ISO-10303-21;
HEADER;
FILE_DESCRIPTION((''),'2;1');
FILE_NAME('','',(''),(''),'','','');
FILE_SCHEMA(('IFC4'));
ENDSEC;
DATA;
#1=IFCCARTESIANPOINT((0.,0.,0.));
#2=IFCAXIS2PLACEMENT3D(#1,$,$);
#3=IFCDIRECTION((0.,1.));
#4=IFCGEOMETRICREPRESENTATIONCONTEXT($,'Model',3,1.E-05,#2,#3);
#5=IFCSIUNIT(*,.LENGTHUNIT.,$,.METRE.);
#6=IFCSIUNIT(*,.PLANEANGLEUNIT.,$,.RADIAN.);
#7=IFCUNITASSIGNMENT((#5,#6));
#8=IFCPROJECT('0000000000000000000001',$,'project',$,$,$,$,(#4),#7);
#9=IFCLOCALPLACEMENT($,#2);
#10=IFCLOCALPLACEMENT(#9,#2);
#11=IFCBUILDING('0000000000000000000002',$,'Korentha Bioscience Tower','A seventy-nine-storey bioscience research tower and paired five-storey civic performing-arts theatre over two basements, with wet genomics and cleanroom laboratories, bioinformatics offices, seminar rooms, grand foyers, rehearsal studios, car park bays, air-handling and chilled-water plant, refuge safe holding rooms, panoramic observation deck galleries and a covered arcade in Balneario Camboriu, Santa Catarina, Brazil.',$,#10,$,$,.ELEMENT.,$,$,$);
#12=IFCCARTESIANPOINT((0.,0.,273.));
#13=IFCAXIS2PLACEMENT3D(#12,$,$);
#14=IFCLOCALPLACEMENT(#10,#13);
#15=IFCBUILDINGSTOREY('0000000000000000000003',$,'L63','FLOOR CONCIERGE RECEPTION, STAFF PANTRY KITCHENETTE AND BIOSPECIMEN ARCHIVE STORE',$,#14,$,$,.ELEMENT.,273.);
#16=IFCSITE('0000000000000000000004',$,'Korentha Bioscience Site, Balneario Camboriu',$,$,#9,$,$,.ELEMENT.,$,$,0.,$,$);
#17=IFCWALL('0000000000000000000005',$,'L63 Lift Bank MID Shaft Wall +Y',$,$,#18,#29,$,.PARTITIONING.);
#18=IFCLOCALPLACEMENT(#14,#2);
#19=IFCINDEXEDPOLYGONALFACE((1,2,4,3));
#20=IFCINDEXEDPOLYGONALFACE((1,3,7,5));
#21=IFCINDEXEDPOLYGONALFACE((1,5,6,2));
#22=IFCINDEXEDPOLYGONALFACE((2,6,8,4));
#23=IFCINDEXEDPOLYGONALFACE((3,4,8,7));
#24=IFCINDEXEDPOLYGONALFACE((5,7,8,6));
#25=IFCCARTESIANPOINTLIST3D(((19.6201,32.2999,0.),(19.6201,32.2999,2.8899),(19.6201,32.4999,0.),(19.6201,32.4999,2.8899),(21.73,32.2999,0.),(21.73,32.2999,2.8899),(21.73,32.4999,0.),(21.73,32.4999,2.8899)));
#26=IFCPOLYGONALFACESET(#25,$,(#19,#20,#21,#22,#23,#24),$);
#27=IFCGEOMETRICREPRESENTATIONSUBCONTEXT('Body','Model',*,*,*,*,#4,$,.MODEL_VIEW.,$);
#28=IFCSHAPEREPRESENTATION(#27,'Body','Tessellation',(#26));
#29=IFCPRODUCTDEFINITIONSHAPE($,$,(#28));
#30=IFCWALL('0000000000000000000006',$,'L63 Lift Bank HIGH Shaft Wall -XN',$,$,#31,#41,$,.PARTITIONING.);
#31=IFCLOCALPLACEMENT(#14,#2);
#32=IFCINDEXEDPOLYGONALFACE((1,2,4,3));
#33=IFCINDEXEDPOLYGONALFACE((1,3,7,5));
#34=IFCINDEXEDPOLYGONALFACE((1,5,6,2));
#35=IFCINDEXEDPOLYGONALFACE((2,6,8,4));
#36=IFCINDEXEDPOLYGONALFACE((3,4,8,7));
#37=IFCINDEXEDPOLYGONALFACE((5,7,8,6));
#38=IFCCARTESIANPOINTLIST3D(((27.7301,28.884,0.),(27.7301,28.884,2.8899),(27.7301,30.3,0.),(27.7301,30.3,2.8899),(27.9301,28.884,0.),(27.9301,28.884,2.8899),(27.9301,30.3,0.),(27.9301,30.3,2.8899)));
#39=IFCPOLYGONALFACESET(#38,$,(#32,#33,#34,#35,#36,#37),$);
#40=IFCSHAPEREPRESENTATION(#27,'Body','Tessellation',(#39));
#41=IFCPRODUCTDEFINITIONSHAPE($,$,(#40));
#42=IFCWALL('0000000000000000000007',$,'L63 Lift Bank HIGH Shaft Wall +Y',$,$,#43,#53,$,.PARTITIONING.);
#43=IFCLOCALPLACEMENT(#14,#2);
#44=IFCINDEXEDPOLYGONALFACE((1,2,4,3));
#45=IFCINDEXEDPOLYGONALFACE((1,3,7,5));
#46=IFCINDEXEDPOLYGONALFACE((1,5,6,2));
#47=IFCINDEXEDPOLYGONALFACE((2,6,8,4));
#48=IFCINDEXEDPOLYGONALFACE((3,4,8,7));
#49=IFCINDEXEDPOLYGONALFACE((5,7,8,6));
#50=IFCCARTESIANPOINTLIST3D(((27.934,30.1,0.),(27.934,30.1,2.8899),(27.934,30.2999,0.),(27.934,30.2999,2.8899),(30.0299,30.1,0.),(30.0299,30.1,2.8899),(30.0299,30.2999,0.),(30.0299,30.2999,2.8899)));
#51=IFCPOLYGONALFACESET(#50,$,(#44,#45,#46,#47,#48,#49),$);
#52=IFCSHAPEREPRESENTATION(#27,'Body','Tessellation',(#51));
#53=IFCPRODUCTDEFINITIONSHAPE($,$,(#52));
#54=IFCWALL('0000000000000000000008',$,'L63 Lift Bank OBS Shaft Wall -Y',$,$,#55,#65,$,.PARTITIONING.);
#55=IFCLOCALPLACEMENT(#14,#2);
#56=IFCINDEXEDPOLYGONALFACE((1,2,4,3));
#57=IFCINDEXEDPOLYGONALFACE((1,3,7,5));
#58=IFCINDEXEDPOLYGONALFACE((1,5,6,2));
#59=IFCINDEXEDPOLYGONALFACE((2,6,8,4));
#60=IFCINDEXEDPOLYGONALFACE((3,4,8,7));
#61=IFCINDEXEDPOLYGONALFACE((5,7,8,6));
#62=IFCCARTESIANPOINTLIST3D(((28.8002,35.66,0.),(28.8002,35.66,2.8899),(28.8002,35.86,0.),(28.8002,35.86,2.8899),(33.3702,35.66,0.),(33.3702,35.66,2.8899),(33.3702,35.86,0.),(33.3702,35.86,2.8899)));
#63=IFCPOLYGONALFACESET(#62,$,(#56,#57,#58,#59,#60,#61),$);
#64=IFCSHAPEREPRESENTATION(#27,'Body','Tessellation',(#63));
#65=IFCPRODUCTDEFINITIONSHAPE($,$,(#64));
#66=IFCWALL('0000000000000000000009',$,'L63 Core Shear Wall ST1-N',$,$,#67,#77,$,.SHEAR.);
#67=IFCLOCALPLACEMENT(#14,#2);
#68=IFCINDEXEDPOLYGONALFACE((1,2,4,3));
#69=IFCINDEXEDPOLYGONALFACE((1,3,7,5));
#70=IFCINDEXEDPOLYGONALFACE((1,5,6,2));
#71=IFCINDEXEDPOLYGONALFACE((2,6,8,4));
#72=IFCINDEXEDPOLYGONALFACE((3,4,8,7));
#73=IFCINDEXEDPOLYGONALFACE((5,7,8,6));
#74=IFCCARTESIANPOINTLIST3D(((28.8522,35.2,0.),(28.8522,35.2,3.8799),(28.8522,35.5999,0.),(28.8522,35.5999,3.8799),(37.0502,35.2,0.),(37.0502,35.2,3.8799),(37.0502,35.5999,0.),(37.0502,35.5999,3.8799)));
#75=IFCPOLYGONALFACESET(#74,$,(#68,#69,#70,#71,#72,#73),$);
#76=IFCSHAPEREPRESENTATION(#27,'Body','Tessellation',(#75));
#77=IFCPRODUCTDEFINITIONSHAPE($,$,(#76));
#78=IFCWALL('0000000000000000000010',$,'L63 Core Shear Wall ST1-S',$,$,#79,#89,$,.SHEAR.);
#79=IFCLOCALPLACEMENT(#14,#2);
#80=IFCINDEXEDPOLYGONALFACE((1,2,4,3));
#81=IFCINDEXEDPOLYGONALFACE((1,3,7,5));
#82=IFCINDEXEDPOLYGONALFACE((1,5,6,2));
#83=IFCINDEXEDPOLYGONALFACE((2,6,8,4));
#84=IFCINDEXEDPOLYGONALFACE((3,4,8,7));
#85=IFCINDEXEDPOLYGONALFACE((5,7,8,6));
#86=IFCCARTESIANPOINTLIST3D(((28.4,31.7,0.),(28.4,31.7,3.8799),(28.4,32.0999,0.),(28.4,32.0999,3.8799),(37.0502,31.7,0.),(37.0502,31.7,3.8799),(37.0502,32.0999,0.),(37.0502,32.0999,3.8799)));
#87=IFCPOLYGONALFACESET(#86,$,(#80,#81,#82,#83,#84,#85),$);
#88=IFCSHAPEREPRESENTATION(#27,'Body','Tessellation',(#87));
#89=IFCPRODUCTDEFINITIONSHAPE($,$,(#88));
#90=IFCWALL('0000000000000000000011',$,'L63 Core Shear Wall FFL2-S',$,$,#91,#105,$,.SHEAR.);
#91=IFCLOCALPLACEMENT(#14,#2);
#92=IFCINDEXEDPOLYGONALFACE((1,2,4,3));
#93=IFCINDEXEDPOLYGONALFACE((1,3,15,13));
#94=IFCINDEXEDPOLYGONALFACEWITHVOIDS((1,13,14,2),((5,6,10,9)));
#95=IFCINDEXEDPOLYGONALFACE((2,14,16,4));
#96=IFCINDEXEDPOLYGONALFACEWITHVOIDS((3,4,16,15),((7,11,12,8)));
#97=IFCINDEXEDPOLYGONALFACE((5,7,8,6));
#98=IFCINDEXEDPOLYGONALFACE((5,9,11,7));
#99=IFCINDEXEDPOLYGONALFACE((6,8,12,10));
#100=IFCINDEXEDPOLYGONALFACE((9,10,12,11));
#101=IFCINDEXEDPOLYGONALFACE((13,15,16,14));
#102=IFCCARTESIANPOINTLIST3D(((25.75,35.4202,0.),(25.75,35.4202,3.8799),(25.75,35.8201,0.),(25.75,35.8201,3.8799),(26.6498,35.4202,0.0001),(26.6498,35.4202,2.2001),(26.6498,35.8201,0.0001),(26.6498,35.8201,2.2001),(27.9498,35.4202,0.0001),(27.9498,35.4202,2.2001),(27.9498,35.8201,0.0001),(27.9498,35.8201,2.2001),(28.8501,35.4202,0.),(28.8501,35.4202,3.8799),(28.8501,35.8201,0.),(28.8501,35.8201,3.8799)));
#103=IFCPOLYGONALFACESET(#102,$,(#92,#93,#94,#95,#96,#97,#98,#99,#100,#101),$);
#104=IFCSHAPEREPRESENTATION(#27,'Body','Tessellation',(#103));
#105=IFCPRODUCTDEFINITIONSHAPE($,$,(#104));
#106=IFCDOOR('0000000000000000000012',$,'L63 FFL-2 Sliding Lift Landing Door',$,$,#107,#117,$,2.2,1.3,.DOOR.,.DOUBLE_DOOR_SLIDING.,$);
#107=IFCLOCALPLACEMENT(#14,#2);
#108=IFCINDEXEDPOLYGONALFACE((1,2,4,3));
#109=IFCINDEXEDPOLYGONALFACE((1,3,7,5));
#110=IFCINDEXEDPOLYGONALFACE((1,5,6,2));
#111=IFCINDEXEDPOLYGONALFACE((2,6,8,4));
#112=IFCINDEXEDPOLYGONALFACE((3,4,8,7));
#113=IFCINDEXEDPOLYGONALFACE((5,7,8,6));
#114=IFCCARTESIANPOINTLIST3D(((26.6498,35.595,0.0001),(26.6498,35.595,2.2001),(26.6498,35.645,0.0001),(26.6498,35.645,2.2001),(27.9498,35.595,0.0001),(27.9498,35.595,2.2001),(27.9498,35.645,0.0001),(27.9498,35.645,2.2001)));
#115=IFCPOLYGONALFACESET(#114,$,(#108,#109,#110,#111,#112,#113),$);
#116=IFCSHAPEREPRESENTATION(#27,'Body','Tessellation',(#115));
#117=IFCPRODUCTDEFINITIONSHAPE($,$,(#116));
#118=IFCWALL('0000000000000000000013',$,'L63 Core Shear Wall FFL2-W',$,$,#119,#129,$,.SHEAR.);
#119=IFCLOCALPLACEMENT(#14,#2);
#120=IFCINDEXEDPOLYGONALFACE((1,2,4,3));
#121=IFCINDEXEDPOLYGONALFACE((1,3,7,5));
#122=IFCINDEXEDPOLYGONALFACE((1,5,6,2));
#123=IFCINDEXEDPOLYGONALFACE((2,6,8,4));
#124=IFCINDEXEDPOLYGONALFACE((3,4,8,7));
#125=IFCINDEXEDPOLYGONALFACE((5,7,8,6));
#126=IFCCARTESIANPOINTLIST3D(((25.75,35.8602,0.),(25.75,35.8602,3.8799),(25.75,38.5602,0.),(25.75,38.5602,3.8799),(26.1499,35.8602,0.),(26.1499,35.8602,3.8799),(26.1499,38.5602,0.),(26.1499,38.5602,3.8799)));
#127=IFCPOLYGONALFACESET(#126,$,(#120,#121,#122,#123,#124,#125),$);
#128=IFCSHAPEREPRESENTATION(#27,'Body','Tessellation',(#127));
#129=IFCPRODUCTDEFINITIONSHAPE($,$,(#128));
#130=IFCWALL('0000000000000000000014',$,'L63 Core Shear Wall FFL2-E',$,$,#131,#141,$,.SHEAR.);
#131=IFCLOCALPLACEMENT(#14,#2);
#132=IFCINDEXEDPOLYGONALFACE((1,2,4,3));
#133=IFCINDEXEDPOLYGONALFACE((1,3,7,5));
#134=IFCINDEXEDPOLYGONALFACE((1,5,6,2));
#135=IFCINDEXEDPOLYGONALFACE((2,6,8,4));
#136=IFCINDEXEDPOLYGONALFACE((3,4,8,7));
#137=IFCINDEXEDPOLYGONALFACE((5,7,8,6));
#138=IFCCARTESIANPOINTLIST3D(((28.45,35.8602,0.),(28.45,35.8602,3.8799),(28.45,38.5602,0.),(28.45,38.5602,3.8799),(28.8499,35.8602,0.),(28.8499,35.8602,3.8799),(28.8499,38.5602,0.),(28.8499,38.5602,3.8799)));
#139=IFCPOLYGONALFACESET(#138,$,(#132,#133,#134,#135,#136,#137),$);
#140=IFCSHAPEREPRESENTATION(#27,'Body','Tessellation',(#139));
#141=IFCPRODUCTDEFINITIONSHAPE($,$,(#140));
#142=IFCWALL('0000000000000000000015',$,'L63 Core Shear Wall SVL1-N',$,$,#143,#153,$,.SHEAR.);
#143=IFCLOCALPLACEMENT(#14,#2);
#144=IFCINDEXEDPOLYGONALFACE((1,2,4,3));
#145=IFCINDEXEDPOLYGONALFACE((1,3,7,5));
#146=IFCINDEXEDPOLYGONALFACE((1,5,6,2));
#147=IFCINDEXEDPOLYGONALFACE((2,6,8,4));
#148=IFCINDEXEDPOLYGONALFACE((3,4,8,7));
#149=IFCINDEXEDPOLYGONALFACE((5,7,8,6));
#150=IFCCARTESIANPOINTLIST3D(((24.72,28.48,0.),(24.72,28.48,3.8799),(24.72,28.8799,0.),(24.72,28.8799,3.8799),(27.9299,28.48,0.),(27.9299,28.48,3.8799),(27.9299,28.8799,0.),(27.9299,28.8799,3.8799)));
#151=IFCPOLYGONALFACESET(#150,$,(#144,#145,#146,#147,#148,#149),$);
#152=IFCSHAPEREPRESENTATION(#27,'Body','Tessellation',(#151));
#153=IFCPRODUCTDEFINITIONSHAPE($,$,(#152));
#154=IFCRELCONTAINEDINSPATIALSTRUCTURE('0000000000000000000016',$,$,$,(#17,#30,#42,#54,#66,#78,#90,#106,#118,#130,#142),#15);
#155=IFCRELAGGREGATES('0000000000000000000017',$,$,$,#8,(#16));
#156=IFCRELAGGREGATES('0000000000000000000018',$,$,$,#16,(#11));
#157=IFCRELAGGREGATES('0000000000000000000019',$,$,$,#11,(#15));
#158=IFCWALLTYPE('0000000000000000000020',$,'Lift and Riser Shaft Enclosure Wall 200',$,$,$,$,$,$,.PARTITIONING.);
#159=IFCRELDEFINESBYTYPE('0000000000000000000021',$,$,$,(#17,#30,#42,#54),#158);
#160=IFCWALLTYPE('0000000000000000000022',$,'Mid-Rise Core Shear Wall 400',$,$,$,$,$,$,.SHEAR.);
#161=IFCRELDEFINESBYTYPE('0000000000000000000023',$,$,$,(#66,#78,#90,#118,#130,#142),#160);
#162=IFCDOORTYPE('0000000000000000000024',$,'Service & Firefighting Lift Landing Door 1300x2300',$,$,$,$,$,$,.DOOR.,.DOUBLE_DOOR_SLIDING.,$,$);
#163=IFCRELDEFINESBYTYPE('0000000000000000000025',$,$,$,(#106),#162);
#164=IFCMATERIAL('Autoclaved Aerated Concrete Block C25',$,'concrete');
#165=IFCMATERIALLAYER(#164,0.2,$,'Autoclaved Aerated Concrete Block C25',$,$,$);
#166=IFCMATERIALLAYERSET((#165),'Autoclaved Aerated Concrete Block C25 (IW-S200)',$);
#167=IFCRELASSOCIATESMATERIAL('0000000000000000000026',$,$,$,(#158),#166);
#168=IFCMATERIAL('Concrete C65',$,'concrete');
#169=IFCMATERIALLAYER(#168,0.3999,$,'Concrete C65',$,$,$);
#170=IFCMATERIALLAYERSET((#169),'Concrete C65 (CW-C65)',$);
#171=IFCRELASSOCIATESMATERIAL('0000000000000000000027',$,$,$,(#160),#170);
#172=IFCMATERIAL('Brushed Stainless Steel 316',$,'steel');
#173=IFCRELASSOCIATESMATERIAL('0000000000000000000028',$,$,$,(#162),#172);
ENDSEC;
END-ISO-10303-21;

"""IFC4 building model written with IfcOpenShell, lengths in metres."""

from ifc_helpers import new_model, si_unit, direction, frame, frame_2d, origin, place, context, subcontext, project, spatial, rectangle, extrude, material, layer, layer_set, type_object, element, fill, save


model = new_model("IFC4")

# Units and contexts
model_context = context("Model", 3, precision=1e-05, world=origin(), true_north=direction((0.0, 1.0)))
body_context = subcontext(model_context, "Body", "Model", "MODEL_VIEW")
ifc_project = project(units=[si_unit("LENGTHUNIT", "METRE"), si_unit("PLANEANGLEUNIT", "RADIAN")], contexts=[model_context])

# Site, building, storey
site_placement = place(None, origin())
site = spatial("IfcSite", under=ifc_project, at=site_placement, Name="Korentha Bioscience Site, Balneario Camboriu", CompositionType="ELEMENT", RefElevation=0.0)
building_placement = place(site_placement, origin())
building = spatial("IfcBuilding", under=site, at=building_placement, Name="Korentha Bioscience Tower", Description="A seventy-nine-storey bioscience research tower and paired five-storey civic performing-arts theatre over two basements, with wet genomics and cleanroom laboratories, bioinformatics offices, seminar rooms, grand foyers, rehearsal studios, car park bays, air-handling and chilled-water plant, refuge safe holding rooms, panoramic observation deck galleries and a covered arcade in Balneario Camboriu, Santa Catarina, Brazil.", CompositionType="ELEMENT")
storey_placement = place(building_placement, frame((0.0, 0.0, 273.0)))
storey = spatial("IfcBuildingStorey", under=building, at=storey_placement, Name="L63", Description="FLOOR CONCIERGE RECEPTION, STAFF PANTRY KITCHENETTE AND BIOSPECIMEN ARCHIVE STORE", CompositionType="ELEMENT", Elevation=273.0)

# Shared definitions
ifc_material_1 = material(Name="Concrete C65", Category="concrete")

# Walls
ifc_material_2 = material(Name="Autoclaved Aerated Concrete Block C25", Category="concrete")
ifc_layer_1 = layer(ifc_material_2, 0.2, Name="Autoclaved Aerated Concrete Block C25")
ifc_layer_set_1 = layer_set([ifc_layer_1], Name="Autoclaved Aerated Concrete Block C25 (IW-S200)")
wall_type_1 = type_object("IfcWallType", Name="Lift and Riser Shaft Enclosure Wall 200", PredefinedType="PARTITIONING", material=ifc_layer_set_1)
wall_1_placement = place(storey_placement, frame((19.6201, 32.3999, 0.0), z_axis=(0.0, 0.0, 1.0), x_axis=(1.0, 0.0, 0.0)))
element("IfcWall", 1, at=wall_1_placement, inside=storey, type_object=wall_type_1, Name="L63 Lift Bank MID Shaft Wall +Y", PredefinedType="PARTITIONING", context=body_context, shape_type="SweptSolid", body=[
    extrude(rectangle(XDim=2.1099, YDim=0.2, at=frame_2d((1.0549, 0.0))), origin(), (0.0, 0.0, 1.0), 2.8899),
])
wall_2_placement = place(storey_placement, frame((27.8301, 28.884, 0.0), z_axis=(0.0, 0.0, 1.0), x_axis=(0.0, 1.0, 0.0)))
element("IfcWall", 2, at=wall_2_placement, inside=storey, type_object=wall_type_1, Name="L63 Lift Bank HIGH Shaft Wall -XN", PredefinedType="PARTITIONING", context=body_context, shape_type="SweptSolid", body=[
    extrude(rectangle(XDim=1.416, YDim=0.2, at=frame_2d((0.708, 0.0))), origin(), (0.0, 0.0, 1.0), 2.8899),
])
wall_3_placement = place(storey_placement, frame((27.9341, 30.2, 0.0), z_axis=(0.0, 0.0, 1.0), x_axis=(1.0, 0.0, 0.0)))
element("IfcWall", 3, at=wall_3_placement, inside=storey, type_object=wall_type_1, Name="L63 Lift Bank HIGH Shaft Wall +Y", PredefinedType="PARTITIONING", context=body_context, shape_type="SweptSolid", body=[
    extrude(rectangle(XDim=2.0959, YDim=0.2, at=frame_2d((1.0479, 0.0))), origin(), (0.0, 0.0, 1.0), 2.8899),
])
wall_4_placement = place(storey_placement, frame((28.8, 35.76, 0.0), z_axis=(0.0, 0.0, 1.0), x_axis=(1.0, 0.0, 0.0)))
element("IfcWall", 4, at=wall_4_placement, inside=storey, type_object=wall_type_1, Name="L63 Lift Bank OBS Shaft Wall -Y", PredefinedType="PARTITIONING", context=body_context, shape_type="SweptSolid", body=[
    extrude(rectangle(XDim=4.5701, YDim=0.2, at=frame_2d((2.2852, 0.0))), origin(), (0.0, 0.0, 1.0), 2.8899),
])
ifc_layer_2 = layer(ifc_material_1, 0.3999, Name="Concrete C65")
ifc_layer_set_2 = layer_set([ifc_layer_2], Name="Concrete C65 (CW-C65)")
wall_type_2 = type_object("IfcWallType", Name="Mid-Rise Core Shear Wall 400", PredefinedType="SHEAR", material=ifc_layer_set_2)
wall_5_placement = place(storey_placement, frame((28.8521, 35.3999, 0.0), z_axis=(0.0, 0.0, 1.0), x_axis=(1.0, 0.0, 0.0)))
element("IfcWall", 5, at=wall_5_placement, inside=storey, type_object=wall_type_2, Name="L63 Core Shear Wall ST1-N", PredefinedType="SHEAR", context=body_context, shape_type="SweptSolid", body=[
    extrude(rectangle(XDim=8.198, YDim=0.3999, at=frame_2d((4.0991, 0.0))), origin(), (0.0, 0.0, 1.0), 3.8799),
])
wall_6_placement = place(storey_placement, frame((28.3999, 31.8999, 0.0), z_axis=(0.0, 0.0, 1.0), x_axis=(1.0, 0.0, 0.0)))
element("IfcWall", 6, at=wall_6_placement, inside=storey, type_object=wall_type_2, Name="L63 Core Shear Wall ST1-S", PredefinedType="SHEAR", context=body_context, shape_type="SweptSolid", body=[
    extrude(rectangle(XDim=8.6501, YDim=0.3999, at=frame_2d((4.3252, 0.0))), origin(), (0.0, 0.0, 1.0), 3.8799),
])

# Wall, opening, door
wall_7_placement = place(storey_placement, frame((25.75, 35.6201, 0.0), z_axis=(0.0, 0.0, 1.0), x_axis=(1.0, 0.0, 0.0)))
wall_7 = element("IfcWall", 7, at=wall_7_placement, inside=storey, type_object=wall_type_2, Name="L63 Core Shear Wall FFL2-S", PredefinedType="SHEAR", context=body_context, shape_type="SweptSolid", body=[
    extrude(rectangle(XDim=3.1001, YDim=0.3999, at=frame_2d((1.55, 0.0))), origin(), (0.0, 0.0, 1.0), 3.8799),
])
opening_1_placement = place(wall_7_placement, frame((0.8999, 0.0, 0.0)))
opening_1 = element("IfcOpeningElement", 8, at=opening_1_placement, cuts=wall_7, PredefinedType="OPENING", context=body_context, shape_type="SweptSolid", body=[
    extrude(rectangle(XDim=1.3, YDim=2.2, at=frame_2d((0.6499, 1.1001))), frame((0.0, 0.2148, 0.0), z_axis=(0.0, -1.0, 0.0), x_axis=(1.0, 0.0, 0.0)), (0.0, 0.0, 1.0), 0.4297),
])
ifc_material_3 = material(Name="Brushed Stainless Steel 316", Category="steel")
door_type_1 = type_object("IfcDoorType", Name="Service & Firefighting Lift Landing Door 1300x2300", OperationType="DOUBLE_DOOR_SLIDING", PredefinedType="DOOR", material=ifc_material_3)
door_1_placement = place(opening_1_placement, origin())
door_1 = element("IfcDoor", 9, at=door_1_placement, inside=storey, type_object=door_type_1, Name="L63 FFL-2 Sliding Lift Landing Door", OperationType="DOUBLE_DOOR_SLIDING", OverallHeight=2.2, OverallWidth=1.3, PredefinedType="DOOR", context=body_context, shape_type="SweptSolid", body=[
    extrude(rectangle(XDim=1.3, YDim=2.2, at=frame_2d((0.6499, 1.1001))), frame((0.0, 0.0249, 0.0), z_axis=(0.0, -1.0, 0.0), x_axis=(1.0, 0.0, 0.0)), (0.0, 0.0, 1.0), 0.05),
])
fill(opening_1, door_1)

# Walls
for number, where, z_axis, x_axis, name in (
    (10, (25.95, 35.8601, 0.0), (0.0, 0.0, 1.0), (0.0, 1.0, 0.0), "L63 Core Shear Wall FFL2-W"),
    (11, (28.6499, 35.8601, 0.0), (0.0, 0.0, 1.0), (0.0, 1.0, 0.0), "L63 Core Shear Wall FFL2-E"),
):
    element("IfcWall", number, at=place(storey_placement, frame(where, z_axis=z_axis, x_axis=x_axis)), inside=storey, type_object=wall_type_2, Name=name, PredefinedType="SHEAR", context=body_context, shape_type="SweptSolid", body=[
        extrude(rectangle(XDim=2.7, YDim=0.3999, at=frame_2d((1.3501, 0.0))), origin(), (0.0, 0.0, 1.0), 3.8799),
    ])
wall_8_placement = place(storey_placement, frame((24.72, 28.6799, 0.0), z_axis=(0.0, 0.0, 1.0), x_axis=(1.0, 0.0, 0.0)))
element("IfcWall", 12, at=wall_8_placement, inside=storey, type_object=wall_type_2, Name="L63 Core Shear Wall SVL1-N", PredefinedType="SHEAR", context=body_context, shape_type="SweptSolid", body=[
    extrude(rectangle(XDim=3.21, YDim=0.3999, at=frame_2d((1.605, 0.0))), origin(), (0.0, 0.0, 1.0), 3.8799),
])

save(model, "model.ifc")
